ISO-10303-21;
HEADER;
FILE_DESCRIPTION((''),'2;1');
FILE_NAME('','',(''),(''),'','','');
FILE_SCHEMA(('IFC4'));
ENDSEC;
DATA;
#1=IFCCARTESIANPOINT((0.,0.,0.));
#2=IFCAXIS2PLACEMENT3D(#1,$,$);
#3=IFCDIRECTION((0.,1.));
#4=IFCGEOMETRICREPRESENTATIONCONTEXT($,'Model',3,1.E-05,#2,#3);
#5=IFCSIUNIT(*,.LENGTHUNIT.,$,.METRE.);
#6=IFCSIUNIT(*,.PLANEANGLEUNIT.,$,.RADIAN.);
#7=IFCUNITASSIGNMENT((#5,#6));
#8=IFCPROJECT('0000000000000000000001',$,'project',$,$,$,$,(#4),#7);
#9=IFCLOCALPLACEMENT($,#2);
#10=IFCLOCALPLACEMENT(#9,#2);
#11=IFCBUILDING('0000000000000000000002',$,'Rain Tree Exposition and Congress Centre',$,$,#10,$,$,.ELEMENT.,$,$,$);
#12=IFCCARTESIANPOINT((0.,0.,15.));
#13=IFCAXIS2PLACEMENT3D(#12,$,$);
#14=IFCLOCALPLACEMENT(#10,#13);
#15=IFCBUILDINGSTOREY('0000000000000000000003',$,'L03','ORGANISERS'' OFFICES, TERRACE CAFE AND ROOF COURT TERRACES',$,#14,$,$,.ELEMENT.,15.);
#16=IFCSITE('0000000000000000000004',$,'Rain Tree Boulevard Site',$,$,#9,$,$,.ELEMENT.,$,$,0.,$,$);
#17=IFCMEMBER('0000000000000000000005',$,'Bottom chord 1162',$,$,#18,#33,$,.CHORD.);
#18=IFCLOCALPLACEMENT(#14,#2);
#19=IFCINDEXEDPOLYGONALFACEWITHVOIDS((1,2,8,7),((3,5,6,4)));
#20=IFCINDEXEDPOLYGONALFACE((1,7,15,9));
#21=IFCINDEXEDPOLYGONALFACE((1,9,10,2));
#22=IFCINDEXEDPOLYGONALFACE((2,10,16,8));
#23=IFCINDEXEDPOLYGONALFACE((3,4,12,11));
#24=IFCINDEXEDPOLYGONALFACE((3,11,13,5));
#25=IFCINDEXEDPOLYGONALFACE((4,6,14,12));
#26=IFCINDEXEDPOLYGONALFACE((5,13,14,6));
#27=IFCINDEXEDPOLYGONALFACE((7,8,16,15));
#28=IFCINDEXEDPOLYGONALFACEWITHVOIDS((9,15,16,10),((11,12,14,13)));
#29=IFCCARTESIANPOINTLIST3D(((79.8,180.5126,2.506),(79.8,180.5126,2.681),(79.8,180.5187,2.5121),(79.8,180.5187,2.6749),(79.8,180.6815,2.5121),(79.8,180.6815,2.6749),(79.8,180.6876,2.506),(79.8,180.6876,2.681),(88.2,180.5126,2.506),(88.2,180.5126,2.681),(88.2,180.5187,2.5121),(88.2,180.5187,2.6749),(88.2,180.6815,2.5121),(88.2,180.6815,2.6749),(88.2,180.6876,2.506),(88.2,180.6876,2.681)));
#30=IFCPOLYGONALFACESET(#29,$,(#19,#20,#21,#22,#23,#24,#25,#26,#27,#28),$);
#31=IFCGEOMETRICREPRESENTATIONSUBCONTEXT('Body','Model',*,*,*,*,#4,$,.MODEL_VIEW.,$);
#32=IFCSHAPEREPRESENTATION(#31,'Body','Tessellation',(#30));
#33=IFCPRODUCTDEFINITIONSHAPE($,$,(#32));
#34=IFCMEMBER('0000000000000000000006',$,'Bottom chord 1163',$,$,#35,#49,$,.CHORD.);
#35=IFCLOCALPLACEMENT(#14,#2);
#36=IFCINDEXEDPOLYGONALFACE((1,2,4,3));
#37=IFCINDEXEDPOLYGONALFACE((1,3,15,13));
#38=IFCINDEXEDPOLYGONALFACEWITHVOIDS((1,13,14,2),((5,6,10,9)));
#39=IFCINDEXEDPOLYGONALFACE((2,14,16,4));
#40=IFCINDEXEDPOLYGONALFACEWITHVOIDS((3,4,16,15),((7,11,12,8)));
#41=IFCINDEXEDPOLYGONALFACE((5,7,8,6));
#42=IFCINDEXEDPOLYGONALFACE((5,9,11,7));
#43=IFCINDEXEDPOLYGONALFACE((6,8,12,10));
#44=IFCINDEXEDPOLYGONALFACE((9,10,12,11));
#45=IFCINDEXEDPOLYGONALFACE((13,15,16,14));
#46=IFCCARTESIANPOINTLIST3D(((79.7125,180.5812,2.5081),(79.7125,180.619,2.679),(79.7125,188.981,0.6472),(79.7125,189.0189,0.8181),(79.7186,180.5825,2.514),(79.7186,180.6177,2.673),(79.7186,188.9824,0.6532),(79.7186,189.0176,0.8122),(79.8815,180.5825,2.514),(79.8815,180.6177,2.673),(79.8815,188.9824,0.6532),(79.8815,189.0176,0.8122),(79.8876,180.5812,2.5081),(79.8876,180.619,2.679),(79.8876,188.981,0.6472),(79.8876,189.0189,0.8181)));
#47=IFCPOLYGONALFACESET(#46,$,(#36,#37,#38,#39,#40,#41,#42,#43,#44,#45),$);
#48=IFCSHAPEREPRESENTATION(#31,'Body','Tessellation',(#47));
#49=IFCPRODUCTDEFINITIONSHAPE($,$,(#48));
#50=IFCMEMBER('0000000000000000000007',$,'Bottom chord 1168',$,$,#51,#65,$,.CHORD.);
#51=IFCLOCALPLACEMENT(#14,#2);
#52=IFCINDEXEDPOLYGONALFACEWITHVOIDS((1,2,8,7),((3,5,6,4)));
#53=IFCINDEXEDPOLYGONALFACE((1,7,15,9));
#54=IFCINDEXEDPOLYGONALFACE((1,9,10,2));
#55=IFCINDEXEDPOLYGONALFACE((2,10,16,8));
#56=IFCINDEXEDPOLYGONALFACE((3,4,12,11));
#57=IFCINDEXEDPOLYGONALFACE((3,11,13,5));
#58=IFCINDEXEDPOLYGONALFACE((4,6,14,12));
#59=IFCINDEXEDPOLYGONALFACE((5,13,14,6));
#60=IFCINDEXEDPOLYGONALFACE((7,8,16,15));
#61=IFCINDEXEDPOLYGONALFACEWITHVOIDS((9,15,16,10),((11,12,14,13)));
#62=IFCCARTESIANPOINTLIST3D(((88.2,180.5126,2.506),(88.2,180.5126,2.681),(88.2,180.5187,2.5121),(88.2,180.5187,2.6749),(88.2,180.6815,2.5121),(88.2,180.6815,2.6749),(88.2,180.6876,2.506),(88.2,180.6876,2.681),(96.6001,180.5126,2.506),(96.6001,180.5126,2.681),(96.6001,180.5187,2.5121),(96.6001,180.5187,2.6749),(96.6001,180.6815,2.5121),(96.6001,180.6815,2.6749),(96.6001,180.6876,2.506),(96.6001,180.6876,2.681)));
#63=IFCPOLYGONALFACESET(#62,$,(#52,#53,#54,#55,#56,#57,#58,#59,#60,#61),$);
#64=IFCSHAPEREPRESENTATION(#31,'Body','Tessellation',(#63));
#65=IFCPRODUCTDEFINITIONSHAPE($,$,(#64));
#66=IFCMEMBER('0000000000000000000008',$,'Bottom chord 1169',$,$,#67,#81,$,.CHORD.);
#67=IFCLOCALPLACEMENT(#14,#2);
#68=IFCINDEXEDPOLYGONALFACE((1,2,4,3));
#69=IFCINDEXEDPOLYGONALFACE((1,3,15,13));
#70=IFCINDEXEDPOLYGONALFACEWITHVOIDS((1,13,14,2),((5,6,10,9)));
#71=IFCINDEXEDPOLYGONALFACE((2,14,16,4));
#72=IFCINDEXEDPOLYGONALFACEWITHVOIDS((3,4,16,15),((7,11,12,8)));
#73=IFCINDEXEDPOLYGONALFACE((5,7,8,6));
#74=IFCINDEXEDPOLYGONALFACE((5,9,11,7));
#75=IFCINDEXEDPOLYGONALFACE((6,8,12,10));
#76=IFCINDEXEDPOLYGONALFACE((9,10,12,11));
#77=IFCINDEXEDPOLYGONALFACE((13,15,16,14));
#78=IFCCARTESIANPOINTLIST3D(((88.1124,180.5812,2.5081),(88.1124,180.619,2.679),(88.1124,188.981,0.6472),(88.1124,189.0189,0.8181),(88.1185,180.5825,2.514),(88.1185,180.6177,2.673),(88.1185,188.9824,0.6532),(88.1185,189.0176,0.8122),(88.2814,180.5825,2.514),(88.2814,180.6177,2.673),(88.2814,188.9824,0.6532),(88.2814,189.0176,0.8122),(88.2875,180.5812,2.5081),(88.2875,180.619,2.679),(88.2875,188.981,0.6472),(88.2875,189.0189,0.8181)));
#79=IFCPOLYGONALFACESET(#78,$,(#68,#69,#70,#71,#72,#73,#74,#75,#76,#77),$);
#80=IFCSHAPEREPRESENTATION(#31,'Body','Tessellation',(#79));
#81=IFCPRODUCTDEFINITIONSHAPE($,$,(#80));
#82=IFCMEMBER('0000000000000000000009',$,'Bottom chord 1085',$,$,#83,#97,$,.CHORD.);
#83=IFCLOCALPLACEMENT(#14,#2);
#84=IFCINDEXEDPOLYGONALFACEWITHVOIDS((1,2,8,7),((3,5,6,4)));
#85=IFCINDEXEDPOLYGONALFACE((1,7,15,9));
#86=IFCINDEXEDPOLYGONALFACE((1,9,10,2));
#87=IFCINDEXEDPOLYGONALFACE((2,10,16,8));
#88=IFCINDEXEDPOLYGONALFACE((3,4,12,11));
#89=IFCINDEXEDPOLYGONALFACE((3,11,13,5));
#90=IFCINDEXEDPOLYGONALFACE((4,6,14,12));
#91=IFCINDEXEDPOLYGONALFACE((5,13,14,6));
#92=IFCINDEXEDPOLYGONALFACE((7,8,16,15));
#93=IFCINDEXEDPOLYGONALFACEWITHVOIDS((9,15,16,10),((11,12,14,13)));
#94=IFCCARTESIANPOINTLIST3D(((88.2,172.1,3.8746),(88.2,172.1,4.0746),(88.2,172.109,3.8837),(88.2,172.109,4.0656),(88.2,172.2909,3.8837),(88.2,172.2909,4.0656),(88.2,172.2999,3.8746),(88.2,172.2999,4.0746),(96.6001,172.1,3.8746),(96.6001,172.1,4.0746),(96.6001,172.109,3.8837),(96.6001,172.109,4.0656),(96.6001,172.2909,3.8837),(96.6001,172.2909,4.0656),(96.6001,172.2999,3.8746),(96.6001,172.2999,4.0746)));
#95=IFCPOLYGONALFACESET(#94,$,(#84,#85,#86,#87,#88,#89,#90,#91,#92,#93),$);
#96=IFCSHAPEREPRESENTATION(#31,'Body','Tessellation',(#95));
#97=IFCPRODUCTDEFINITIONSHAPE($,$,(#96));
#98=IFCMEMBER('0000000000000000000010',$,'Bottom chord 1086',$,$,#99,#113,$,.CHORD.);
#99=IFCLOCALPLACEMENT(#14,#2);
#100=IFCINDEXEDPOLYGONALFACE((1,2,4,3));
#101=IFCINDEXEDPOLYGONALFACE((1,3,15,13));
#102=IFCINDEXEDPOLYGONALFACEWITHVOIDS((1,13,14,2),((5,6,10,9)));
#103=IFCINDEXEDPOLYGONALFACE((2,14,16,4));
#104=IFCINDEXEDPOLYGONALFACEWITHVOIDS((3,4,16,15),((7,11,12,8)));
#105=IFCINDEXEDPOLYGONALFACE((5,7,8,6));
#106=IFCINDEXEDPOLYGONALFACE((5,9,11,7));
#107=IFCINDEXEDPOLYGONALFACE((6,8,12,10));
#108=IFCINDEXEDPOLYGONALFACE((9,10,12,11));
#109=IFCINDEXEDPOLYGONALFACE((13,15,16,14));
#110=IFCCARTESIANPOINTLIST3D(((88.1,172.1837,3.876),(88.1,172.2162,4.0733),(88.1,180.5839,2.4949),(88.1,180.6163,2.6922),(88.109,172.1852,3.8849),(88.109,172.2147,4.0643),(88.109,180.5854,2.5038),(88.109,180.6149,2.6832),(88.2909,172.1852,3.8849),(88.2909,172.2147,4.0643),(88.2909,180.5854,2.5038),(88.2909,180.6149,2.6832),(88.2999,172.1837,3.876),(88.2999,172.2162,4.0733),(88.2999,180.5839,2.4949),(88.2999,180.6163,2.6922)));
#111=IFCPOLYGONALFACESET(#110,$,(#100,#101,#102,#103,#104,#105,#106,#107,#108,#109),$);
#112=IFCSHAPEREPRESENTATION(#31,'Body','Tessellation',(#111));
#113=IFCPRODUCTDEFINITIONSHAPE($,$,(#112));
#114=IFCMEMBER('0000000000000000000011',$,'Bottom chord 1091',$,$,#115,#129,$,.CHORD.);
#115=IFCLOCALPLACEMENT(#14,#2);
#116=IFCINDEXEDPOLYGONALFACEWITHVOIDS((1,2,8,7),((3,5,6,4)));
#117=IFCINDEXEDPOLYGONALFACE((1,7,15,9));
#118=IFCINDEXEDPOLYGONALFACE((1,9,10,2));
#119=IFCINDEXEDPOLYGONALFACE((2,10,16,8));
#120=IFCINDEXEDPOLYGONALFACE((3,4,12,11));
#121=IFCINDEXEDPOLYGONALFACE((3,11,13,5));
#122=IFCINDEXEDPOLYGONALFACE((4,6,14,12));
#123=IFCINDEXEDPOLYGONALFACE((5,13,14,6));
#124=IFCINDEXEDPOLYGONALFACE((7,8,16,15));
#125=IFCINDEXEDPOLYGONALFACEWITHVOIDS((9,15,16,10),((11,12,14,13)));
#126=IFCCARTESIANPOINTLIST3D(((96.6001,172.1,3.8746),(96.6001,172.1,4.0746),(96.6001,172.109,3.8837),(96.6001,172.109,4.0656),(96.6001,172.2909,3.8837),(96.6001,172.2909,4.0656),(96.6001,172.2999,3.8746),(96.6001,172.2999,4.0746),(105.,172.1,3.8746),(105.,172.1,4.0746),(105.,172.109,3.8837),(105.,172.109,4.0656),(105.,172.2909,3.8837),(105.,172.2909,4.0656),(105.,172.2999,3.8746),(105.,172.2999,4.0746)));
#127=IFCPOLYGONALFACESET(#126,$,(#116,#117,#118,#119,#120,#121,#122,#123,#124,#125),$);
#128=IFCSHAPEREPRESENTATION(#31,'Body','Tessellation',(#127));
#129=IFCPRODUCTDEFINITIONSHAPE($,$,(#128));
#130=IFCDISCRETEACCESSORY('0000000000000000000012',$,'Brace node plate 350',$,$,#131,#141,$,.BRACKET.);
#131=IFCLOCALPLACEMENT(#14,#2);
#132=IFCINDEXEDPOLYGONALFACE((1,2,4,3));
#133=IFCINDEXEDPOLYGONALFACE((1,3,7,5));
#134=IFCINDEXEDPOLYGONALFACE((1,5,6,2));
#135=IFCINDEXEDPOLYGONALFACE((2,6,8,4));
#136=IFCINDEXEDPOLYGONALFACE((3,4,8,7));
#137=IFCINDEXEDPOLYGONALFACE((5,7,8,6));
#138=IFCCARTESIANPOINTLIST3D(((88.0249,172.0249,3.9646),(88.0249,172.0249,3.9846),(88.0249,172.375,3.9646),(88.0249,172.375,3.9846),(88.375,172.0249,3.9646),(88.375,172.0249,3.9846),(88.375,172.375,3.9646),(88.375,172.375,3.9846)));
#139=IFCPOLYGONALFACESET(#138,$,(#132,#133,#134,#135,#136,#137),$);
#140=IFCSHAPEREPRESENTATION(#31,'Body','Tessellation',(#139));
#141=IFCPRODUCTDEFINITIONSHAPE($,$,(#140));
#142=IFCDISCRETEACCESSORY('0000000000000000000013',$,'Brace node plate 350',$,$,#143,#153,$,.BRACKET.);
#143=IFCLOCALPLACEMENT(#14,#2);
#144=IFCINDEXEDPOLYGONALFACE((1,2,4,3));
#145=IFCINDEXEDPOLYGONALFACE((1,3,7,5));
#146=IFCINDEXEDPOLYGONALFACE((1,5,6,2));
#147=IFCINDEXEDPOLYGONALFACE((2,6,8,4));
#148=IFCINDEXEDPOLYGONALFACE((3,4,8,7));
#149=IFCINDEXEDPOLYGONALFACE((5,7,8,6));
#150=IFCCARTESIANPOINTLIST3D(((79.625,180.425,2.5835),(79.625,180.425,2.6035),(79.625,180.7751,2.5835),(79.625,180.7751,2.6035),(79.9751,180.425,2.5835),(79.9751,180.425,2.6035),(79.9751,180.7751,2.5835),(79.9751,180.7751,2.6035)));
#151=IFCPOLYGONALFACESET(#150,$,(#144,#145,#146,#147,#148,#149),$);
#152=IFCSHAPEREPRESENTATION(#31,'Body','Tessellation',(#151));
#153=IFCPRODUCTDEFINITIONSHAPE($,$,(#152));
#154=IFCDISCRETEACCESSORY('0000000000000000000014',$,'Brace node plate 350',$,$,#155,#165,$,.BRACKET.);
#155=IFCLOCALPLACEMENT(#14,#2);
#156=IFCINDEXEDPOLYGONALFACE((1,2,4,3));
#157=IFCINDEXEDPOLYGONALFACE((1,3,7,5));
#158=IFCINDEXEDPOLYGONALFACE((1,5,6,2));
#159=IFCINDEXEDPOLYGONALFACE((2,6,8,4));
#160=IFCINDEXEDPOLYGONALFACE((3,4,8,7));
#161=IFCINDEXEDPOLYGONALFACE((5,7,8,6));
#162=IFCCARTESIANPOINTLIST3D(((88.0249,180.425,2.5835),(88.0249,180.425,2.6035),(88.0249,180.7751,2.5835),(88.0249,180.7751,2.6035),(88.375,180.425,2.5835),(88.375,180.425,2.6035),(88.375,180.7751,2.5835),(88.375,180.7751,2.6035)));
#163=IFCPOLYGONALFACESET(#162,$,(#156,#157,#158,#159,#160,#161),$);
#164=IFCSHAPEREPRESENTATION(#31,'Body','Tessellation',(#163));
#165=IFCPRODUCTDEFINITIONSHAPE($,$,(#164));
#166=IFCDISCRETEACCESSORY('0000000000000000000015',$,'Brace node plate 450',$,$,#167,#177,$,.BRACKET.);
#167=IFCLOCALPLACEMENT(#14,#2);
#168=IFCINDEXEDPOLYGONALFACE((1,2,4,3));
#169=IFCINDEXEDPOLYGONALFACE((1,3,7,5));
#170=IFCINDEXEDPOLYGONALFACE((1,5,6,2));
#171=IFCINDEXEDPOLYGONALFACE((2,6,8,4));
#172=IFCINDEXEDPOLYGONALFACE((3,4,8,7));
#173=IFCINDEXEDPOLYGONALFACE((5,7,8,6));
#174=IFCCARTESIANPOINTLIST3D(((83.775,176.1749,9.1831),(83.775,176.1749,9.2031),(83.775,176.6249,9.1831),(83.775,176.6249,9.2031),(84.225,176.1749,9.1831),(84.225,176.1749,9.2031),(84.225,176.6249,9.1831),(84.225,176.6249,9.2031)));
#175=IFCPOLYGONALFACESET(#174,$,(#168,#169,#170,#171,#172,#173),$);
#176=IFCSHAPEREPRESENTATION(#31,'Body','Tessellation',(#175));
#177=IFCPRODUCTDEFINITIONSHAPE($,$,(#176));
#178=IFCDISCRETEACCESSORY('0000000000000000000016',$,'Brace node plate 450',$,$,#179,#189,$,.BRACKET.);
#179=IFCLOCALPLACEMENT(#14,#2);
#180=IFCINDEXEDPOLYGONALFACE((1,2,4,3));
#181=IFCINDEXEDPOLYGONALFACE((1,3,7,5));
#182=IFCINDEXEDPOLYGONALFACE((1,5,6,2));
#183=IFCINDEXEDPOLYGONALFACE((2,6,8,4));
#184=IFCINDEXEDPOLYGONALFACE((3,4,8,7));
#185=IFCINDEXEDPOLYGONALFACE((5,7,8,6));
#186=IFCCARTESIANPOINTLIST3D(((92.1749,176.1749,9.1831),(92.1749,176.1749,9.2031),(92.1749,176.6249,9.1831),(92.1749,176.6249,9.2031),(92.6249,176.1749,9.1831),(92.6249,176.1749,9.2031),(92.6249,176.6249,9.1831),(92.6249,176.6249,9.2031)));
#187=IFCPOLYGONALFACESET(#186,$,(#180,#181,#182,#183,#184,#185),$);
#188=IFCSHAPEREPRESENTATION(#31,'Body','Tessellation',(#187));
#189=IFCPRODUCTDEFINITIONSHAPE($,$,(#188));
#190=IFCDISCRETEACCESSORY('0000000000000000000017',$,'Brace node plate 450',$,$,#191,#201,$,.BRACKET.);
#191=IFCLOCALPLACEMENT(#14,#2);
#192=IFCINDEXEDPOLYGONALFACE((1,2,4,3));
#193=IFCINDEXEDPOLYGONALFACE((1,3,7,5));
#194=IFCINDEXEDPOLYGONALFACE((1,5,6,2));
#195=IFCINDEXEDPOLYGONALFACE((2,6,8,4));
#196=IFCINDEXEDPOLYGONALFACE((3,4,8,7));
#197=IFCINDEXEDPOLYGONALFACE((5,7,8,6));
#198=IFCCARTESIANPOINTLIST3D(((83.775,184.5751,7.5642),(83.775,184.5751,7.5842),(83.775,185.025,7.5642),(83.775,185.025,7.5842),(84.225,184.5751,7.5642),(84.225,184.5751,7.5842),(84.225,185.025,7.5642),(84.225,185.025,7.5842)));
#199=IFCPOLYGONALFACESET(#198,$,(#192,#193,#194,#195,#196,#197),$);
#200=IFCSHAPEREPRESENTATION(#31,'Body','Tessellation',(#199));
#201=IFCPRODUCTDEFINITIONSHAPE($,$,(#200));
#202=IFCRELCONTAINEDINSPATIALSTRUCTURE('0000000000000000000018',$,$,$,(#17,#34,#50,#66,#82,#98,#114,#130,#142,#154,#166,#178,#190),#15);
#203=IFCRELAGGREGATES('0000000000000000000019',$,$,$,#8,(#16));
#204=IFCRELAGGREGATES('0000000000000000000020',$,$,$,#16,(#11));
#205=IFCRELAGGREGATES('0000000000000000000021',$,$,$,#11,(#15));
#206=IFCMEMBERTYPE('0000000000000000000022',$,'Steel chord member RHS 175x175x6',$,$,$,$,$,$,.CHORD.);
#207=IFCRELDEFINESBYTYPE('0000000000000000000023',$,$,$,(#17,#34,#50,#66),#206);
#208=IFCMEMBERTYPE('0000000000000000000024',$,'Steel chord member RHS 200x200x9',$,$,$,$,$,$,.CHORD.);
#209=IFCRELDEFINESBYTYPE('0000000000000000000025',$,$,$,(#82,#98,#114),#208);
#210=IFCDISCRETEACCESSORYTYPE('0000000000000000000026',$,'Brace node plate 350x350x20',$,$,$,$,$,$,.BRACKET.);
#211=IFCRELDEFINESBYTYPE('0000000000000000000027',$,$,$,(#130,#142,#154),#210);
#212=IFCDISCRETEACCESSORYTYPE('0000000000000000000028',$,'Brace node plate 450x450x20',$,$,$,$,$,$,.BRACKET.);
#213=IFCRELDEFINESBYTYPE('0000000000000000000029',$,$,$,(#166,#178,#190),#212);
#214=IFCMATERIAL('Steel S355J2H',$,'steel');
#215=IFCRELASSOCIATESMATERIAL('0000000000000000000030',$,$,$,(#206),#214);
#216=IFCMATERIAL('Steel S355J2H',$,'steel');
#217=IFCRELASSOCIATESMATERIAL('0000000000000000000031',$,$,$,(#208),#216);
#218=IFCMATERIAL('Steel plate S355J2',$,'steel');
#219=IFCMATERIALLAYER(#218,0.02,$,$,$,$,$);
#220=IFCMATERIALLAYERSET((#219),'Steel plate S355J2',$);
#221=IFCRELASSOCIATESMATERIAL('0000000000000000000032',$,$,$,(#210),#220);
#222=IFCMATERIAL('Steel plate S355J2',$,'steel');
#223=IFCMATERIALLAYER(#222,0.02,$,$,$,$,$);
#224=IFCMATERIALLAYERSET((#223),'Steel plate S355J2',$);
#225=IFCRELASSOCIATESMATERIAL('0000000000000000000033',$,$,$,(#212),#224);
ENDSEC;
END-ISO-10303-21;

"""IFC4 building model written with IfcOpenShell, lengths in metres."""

from ifc_helpers import new_model, si_unit, direction, frame, origin, origin_2d, place, context, subcontext, project, spatial, rectangle, hollow_rectangle, extrude, material, layer, layer_set, material_profile, profile_set, type_object, element, save


model = new_model("IFC4")

# Units and contexts
model_context = context("Model", 3, precision=1e-05, world=origin(), true_north=direction((0.0, 1.0)))
body_context = subcontext(model_context, "Body", "Model", "MODEL_VIEW")
ifc_project = project(units=[si_unit("LENGTHUNIT", "METRE"), si_unit("PLANEANGLEUNIT", "RADIAN")], contexts=[model_context])

# Site, building, storey
site_placement = place(None, origin())
site = spatial("IfcSite", under=ifc_project, at=site_placement, Name="Rain Tree Boulevard Site", CompositionType="ELEMENT", RefElevation=0.0)
building_placement = place(site_placement, origin())
building = spatial("IfcBuilding", under=site, at=building_placement, Name="Rain Tree Exposition and Congress Centre", CompositionType="ELEMENT")
storey_placement = place(building_placement, frame((0.0, 0.0, 15.0)))
storey = spatial("IfcBuildingStorey", under=building, at=storey_placement, Name="L03", Description="ORGANISERS' OFFICES, TERRACE CAFE AND ROOF COURT TERRACES", CompositionType="ELEMENT", Elevation=15.0)

# Members
ifc_material_1 = material(Name="Steel S355J2H", Category="steel")
ifc_material_profile_1 = material_profile(ifc_material_1, hollow_rectangle(XDim=0.175, YDim=0.175, WallThickness=0.0061, at=origin_2d()), Name="RHS 175x175x6")
ifc_profile_set_1 = profile_set([ifc_material_profile_1], Name="Steel S355J2H")
member_type_1 = type_object("IfcMemberType", Name="Steel chord member RHS 175x175x6", PredefinedType="CHORD", material=ifc_profile_set_1)
member_1_placement = place(storey_placement, frame((79.8, 180.6001, 2.5935), z_axis=(1.0, 0.0, 0.0), x_axis=(0.0, 1.0, 0.0)))
element("IfcMember", 1, at=member_1_placement, inside=storey, type_object=member_type_1, Name="Bottom chord 1162", PredefinedType="CHORD", context=body_context, shape_type="SweptSolid", body=[
    extrude(hollow_rectangle(XDim=0.175, YDim=0.175, WallThickness=0.0061, at=origin_2d()), origin(), (0.0, 0.0, 1.0), 8.3999),
])
member_2_placement = place(storey_placement, frame((79.8, 180.6001, 2.5935), z_axis=(0.0, 0.97633, -0.216287), x_axis=(-1.0, 0.0, 0.0)))
element("IfcMember", 2, at=member_2_placement, inside=storey, type_object=member_type_1, Name="Bottom chord 1163", PredefinedType="CHORD", context=body_context, shape_type="SweptSolid", body=[
    extrude(hollow_rectangle(XDim=0.175, YDim=0.175, WallThickness=0.0061, at=origin_2d()), origin(), (0.0, 0.0, 1.0), 8.6035),
])
member_3_placement = place(storey_placement, frame((88.2, 180.6001, 2.5935), z_axis=(1.0, 0.0, 0.0), x_axis=(0.0, 1.0, 0.0)))
element("IfcMember", 3, at=member_3_placement, inside=storey, type_object=member_type_1, Name="Bottom chord 1168", PredefinedType="CHORD", context=body_context, shape_type="SweptSolid", body=[
    extrude(hollow_rectangle(XDim=0.175, YDim=0.175, WallThickness=0.0061, at=origin_2d()), origin(), (0.0, 0.0, 1.0), 8.4001),
])
member_4_placement = place(storey_placement, frame((88.2, 180.6001, 2.5935), z_axis=(0.0, 0.97633, -0.216287), x_axis=(-1.0, 0.0, 0.0)))
element("IfcMember", 4, at=member_4_placement, inside=storey, type_object=member_type_1, Name="Bottom chord 1169", PredefinedType="CHORD", context=body_context, shape_type="SweptSolid", body=[
    extrude(hollow_rectangle(XDim=0.175, YDim=0.175, WallThickness=0.0061, at=origin_2d()), origin(), (0.0, 0.0, 1.0), 8.6035),
])
ifc_material_2 = material(Name="Steel S355J2H", Category="steel")
ifc_material_profile_2 = material_profile(ifc_material_2, hollow_rectangle(XDim=0.2, YDim=0.2, WallThickness=0.009, at=origin_2d()), Name="RHS 200x200x9")
ifc_profile_set_2 = profile_set([ifc_material_profile_2], Name="Steel S355J2H")
member_type_2 = type_object("IfcMemberType", Name="Steel chord member RHS 200x200x9", PredefinedType="CHORD", material=ifc_profile_set_2)
member_5_placement = place(storey_placement, frame((88.2, 172.2, 3.9746), z_axis=(1.0, 0.0, 0.0), x_axis=(0.0, 1.0, 0.0)))
element("IfcMember", 5, at=member_5_placement, inside=storey, type_object=member_type_2, Name="Bottom chord 1085", PredefinedType="CHORD", context=body_context, shape_type="SweptSolid", body=[
    extrude(hollow_rectangle(XDim=0.2, YDim=0.2, WallThickness=0.009, at=origin_2d()), origin(), (0.0, 0.0, 1.0), 8.4001),
])
member_6_placement = place(storey_placement, frame((88.2, 172.2, 3.9746), z_axis=(0.0, 0.986752, -0.162236), x_axis=(-1.0, 0.0, 0.0)))
element("IfcMember", 6, at=member_6_placement, inside=storey, type_object=member_type_2, Name="Bottom chord 1086", PredefinedType="CHORD", context=body_context, shape_type="SweptSolid", body=[
    extrude(hollow_rectangle(XDim=0.2, YDim=0.2, WallThickness=0.009, at=origin_2d()), origin(), (0.0, 0.0, 1.0), 8.5129),
])
member_7_placement = place(storey_placement, frame((96.6001, 172.2, 3.9746), z_axis=(1.0, 0.0, 0.0), x_axis=(0.0, 1.0, 0.0)))
element("IfcMember", 7, at=member_7_placement, inside=storey, type_object=member_type_2, Name="Bottom chord 1091", PredefinedType="CHORD", context=body_context, shape_type="SweptSolid", body=[
    extrude(hollow_rectangle(XDim=0.2, YDim=0.2, WallThickness=0.009, at=origin_2d()), origin(), (0.0, 0.0, 1.0), 8.3999),
])

# Discrete accessories
ifc_material_3 = material(Name="Steel plate S355J2", Category="steel")
ifc_layer_1 = layer(ifc_material_3, 0.02)
ifc_layer_set_1 = layer_set([ifc_layer_1], Name="Steel plate S355J2")
discrete_accessory_type_1 = type_object("IfcDiscreteAccessoryType", Name="Brace node plate 350x350x20", PredefinedType="BRACKET", material=ifc_layer_set_1)
for number, where, z_axis, x_axis, name in (
    (8, (88.2, 172.2, 3.9646), (0.0, 0.0, 1.0), (1.0, 0.0, 0.0), "Brace node plate 350"),
    (9, (79.8, 180.6001, 2.5835), (0.0, 0.0, 1.0), (1.0, 0.0, 0.0), "Brace node plate 350"),
    (10, (88.2, 180.6001, 2.5835), (0.0, 0.0, 1.0), (1.0, 0.0, 0.0), "Brace node plate 350"),
):
    element("IfcDiscreteAccessory", number, at=place(storey_placement, frame(where, z_axis=z_axis, x_axis=x_axis)), inside=storey, type_object=discrete_accessory_type_1, Name=name, PredefinedType="BRACKET", context=body_context, shape_type="SweptSolid", body=[
        extrude(rectangle(XDim=0.3501, YDim=0.3501, at=origin_2d()), origin(), (0.0, 0.0, 1.0), 0.02),
    ])
ifc_material_4 = material(Name="Steel plate S355J2", Category="steel")
ifc_layer_2 = layer(ifc_material_4, 0.02)
ifc_layer_set_2 = layer_set([ifc_layer_2], Name="Steel plate S355J2")
discrete_accessory_type_2 = type_object("IfcDiscreteAccessoryType", Name="Brace node plate 450x450x20", PredefinedType="BRACKET", material=ifc_layer_set_2)
for number, where, z_axis, x_axis, name in (
    (11, (84.0, 176.3999, 9.1831), (0.0, 0.0, 1.0), (1.0, 0.0, 0.0), "Brace node plate 450"),
    (12, (92.3999, 176.3999, 9.1831), (0.0, 0.0, 1.0), (1.0, 0.0, 0.0), "Brace node plate 450"),
    (13, (84.0, 184.8, 7.5642), (0.0, 0.0, 1.0), (1.0, 0.0, 0.0), "Brace node plate 450"),
):
    element("IfcDiscreteAccessory", number, at=place(storey_placement, frame(where, z_axis=z_axis, x_axis=x_axis)), inside=storey, type_object=discrete_accessory_type_2, Name=name, PredefinedType="BRACKET", context=body_context, shape_type="SweptSolid", body=[
        extrude(rectangle(XDim=0.45, YDim=0.45, at=origin_2d()), origin(), (0.0, 0.0, 1.0), 0.02),
    ])

save(model, "model.ifc")
